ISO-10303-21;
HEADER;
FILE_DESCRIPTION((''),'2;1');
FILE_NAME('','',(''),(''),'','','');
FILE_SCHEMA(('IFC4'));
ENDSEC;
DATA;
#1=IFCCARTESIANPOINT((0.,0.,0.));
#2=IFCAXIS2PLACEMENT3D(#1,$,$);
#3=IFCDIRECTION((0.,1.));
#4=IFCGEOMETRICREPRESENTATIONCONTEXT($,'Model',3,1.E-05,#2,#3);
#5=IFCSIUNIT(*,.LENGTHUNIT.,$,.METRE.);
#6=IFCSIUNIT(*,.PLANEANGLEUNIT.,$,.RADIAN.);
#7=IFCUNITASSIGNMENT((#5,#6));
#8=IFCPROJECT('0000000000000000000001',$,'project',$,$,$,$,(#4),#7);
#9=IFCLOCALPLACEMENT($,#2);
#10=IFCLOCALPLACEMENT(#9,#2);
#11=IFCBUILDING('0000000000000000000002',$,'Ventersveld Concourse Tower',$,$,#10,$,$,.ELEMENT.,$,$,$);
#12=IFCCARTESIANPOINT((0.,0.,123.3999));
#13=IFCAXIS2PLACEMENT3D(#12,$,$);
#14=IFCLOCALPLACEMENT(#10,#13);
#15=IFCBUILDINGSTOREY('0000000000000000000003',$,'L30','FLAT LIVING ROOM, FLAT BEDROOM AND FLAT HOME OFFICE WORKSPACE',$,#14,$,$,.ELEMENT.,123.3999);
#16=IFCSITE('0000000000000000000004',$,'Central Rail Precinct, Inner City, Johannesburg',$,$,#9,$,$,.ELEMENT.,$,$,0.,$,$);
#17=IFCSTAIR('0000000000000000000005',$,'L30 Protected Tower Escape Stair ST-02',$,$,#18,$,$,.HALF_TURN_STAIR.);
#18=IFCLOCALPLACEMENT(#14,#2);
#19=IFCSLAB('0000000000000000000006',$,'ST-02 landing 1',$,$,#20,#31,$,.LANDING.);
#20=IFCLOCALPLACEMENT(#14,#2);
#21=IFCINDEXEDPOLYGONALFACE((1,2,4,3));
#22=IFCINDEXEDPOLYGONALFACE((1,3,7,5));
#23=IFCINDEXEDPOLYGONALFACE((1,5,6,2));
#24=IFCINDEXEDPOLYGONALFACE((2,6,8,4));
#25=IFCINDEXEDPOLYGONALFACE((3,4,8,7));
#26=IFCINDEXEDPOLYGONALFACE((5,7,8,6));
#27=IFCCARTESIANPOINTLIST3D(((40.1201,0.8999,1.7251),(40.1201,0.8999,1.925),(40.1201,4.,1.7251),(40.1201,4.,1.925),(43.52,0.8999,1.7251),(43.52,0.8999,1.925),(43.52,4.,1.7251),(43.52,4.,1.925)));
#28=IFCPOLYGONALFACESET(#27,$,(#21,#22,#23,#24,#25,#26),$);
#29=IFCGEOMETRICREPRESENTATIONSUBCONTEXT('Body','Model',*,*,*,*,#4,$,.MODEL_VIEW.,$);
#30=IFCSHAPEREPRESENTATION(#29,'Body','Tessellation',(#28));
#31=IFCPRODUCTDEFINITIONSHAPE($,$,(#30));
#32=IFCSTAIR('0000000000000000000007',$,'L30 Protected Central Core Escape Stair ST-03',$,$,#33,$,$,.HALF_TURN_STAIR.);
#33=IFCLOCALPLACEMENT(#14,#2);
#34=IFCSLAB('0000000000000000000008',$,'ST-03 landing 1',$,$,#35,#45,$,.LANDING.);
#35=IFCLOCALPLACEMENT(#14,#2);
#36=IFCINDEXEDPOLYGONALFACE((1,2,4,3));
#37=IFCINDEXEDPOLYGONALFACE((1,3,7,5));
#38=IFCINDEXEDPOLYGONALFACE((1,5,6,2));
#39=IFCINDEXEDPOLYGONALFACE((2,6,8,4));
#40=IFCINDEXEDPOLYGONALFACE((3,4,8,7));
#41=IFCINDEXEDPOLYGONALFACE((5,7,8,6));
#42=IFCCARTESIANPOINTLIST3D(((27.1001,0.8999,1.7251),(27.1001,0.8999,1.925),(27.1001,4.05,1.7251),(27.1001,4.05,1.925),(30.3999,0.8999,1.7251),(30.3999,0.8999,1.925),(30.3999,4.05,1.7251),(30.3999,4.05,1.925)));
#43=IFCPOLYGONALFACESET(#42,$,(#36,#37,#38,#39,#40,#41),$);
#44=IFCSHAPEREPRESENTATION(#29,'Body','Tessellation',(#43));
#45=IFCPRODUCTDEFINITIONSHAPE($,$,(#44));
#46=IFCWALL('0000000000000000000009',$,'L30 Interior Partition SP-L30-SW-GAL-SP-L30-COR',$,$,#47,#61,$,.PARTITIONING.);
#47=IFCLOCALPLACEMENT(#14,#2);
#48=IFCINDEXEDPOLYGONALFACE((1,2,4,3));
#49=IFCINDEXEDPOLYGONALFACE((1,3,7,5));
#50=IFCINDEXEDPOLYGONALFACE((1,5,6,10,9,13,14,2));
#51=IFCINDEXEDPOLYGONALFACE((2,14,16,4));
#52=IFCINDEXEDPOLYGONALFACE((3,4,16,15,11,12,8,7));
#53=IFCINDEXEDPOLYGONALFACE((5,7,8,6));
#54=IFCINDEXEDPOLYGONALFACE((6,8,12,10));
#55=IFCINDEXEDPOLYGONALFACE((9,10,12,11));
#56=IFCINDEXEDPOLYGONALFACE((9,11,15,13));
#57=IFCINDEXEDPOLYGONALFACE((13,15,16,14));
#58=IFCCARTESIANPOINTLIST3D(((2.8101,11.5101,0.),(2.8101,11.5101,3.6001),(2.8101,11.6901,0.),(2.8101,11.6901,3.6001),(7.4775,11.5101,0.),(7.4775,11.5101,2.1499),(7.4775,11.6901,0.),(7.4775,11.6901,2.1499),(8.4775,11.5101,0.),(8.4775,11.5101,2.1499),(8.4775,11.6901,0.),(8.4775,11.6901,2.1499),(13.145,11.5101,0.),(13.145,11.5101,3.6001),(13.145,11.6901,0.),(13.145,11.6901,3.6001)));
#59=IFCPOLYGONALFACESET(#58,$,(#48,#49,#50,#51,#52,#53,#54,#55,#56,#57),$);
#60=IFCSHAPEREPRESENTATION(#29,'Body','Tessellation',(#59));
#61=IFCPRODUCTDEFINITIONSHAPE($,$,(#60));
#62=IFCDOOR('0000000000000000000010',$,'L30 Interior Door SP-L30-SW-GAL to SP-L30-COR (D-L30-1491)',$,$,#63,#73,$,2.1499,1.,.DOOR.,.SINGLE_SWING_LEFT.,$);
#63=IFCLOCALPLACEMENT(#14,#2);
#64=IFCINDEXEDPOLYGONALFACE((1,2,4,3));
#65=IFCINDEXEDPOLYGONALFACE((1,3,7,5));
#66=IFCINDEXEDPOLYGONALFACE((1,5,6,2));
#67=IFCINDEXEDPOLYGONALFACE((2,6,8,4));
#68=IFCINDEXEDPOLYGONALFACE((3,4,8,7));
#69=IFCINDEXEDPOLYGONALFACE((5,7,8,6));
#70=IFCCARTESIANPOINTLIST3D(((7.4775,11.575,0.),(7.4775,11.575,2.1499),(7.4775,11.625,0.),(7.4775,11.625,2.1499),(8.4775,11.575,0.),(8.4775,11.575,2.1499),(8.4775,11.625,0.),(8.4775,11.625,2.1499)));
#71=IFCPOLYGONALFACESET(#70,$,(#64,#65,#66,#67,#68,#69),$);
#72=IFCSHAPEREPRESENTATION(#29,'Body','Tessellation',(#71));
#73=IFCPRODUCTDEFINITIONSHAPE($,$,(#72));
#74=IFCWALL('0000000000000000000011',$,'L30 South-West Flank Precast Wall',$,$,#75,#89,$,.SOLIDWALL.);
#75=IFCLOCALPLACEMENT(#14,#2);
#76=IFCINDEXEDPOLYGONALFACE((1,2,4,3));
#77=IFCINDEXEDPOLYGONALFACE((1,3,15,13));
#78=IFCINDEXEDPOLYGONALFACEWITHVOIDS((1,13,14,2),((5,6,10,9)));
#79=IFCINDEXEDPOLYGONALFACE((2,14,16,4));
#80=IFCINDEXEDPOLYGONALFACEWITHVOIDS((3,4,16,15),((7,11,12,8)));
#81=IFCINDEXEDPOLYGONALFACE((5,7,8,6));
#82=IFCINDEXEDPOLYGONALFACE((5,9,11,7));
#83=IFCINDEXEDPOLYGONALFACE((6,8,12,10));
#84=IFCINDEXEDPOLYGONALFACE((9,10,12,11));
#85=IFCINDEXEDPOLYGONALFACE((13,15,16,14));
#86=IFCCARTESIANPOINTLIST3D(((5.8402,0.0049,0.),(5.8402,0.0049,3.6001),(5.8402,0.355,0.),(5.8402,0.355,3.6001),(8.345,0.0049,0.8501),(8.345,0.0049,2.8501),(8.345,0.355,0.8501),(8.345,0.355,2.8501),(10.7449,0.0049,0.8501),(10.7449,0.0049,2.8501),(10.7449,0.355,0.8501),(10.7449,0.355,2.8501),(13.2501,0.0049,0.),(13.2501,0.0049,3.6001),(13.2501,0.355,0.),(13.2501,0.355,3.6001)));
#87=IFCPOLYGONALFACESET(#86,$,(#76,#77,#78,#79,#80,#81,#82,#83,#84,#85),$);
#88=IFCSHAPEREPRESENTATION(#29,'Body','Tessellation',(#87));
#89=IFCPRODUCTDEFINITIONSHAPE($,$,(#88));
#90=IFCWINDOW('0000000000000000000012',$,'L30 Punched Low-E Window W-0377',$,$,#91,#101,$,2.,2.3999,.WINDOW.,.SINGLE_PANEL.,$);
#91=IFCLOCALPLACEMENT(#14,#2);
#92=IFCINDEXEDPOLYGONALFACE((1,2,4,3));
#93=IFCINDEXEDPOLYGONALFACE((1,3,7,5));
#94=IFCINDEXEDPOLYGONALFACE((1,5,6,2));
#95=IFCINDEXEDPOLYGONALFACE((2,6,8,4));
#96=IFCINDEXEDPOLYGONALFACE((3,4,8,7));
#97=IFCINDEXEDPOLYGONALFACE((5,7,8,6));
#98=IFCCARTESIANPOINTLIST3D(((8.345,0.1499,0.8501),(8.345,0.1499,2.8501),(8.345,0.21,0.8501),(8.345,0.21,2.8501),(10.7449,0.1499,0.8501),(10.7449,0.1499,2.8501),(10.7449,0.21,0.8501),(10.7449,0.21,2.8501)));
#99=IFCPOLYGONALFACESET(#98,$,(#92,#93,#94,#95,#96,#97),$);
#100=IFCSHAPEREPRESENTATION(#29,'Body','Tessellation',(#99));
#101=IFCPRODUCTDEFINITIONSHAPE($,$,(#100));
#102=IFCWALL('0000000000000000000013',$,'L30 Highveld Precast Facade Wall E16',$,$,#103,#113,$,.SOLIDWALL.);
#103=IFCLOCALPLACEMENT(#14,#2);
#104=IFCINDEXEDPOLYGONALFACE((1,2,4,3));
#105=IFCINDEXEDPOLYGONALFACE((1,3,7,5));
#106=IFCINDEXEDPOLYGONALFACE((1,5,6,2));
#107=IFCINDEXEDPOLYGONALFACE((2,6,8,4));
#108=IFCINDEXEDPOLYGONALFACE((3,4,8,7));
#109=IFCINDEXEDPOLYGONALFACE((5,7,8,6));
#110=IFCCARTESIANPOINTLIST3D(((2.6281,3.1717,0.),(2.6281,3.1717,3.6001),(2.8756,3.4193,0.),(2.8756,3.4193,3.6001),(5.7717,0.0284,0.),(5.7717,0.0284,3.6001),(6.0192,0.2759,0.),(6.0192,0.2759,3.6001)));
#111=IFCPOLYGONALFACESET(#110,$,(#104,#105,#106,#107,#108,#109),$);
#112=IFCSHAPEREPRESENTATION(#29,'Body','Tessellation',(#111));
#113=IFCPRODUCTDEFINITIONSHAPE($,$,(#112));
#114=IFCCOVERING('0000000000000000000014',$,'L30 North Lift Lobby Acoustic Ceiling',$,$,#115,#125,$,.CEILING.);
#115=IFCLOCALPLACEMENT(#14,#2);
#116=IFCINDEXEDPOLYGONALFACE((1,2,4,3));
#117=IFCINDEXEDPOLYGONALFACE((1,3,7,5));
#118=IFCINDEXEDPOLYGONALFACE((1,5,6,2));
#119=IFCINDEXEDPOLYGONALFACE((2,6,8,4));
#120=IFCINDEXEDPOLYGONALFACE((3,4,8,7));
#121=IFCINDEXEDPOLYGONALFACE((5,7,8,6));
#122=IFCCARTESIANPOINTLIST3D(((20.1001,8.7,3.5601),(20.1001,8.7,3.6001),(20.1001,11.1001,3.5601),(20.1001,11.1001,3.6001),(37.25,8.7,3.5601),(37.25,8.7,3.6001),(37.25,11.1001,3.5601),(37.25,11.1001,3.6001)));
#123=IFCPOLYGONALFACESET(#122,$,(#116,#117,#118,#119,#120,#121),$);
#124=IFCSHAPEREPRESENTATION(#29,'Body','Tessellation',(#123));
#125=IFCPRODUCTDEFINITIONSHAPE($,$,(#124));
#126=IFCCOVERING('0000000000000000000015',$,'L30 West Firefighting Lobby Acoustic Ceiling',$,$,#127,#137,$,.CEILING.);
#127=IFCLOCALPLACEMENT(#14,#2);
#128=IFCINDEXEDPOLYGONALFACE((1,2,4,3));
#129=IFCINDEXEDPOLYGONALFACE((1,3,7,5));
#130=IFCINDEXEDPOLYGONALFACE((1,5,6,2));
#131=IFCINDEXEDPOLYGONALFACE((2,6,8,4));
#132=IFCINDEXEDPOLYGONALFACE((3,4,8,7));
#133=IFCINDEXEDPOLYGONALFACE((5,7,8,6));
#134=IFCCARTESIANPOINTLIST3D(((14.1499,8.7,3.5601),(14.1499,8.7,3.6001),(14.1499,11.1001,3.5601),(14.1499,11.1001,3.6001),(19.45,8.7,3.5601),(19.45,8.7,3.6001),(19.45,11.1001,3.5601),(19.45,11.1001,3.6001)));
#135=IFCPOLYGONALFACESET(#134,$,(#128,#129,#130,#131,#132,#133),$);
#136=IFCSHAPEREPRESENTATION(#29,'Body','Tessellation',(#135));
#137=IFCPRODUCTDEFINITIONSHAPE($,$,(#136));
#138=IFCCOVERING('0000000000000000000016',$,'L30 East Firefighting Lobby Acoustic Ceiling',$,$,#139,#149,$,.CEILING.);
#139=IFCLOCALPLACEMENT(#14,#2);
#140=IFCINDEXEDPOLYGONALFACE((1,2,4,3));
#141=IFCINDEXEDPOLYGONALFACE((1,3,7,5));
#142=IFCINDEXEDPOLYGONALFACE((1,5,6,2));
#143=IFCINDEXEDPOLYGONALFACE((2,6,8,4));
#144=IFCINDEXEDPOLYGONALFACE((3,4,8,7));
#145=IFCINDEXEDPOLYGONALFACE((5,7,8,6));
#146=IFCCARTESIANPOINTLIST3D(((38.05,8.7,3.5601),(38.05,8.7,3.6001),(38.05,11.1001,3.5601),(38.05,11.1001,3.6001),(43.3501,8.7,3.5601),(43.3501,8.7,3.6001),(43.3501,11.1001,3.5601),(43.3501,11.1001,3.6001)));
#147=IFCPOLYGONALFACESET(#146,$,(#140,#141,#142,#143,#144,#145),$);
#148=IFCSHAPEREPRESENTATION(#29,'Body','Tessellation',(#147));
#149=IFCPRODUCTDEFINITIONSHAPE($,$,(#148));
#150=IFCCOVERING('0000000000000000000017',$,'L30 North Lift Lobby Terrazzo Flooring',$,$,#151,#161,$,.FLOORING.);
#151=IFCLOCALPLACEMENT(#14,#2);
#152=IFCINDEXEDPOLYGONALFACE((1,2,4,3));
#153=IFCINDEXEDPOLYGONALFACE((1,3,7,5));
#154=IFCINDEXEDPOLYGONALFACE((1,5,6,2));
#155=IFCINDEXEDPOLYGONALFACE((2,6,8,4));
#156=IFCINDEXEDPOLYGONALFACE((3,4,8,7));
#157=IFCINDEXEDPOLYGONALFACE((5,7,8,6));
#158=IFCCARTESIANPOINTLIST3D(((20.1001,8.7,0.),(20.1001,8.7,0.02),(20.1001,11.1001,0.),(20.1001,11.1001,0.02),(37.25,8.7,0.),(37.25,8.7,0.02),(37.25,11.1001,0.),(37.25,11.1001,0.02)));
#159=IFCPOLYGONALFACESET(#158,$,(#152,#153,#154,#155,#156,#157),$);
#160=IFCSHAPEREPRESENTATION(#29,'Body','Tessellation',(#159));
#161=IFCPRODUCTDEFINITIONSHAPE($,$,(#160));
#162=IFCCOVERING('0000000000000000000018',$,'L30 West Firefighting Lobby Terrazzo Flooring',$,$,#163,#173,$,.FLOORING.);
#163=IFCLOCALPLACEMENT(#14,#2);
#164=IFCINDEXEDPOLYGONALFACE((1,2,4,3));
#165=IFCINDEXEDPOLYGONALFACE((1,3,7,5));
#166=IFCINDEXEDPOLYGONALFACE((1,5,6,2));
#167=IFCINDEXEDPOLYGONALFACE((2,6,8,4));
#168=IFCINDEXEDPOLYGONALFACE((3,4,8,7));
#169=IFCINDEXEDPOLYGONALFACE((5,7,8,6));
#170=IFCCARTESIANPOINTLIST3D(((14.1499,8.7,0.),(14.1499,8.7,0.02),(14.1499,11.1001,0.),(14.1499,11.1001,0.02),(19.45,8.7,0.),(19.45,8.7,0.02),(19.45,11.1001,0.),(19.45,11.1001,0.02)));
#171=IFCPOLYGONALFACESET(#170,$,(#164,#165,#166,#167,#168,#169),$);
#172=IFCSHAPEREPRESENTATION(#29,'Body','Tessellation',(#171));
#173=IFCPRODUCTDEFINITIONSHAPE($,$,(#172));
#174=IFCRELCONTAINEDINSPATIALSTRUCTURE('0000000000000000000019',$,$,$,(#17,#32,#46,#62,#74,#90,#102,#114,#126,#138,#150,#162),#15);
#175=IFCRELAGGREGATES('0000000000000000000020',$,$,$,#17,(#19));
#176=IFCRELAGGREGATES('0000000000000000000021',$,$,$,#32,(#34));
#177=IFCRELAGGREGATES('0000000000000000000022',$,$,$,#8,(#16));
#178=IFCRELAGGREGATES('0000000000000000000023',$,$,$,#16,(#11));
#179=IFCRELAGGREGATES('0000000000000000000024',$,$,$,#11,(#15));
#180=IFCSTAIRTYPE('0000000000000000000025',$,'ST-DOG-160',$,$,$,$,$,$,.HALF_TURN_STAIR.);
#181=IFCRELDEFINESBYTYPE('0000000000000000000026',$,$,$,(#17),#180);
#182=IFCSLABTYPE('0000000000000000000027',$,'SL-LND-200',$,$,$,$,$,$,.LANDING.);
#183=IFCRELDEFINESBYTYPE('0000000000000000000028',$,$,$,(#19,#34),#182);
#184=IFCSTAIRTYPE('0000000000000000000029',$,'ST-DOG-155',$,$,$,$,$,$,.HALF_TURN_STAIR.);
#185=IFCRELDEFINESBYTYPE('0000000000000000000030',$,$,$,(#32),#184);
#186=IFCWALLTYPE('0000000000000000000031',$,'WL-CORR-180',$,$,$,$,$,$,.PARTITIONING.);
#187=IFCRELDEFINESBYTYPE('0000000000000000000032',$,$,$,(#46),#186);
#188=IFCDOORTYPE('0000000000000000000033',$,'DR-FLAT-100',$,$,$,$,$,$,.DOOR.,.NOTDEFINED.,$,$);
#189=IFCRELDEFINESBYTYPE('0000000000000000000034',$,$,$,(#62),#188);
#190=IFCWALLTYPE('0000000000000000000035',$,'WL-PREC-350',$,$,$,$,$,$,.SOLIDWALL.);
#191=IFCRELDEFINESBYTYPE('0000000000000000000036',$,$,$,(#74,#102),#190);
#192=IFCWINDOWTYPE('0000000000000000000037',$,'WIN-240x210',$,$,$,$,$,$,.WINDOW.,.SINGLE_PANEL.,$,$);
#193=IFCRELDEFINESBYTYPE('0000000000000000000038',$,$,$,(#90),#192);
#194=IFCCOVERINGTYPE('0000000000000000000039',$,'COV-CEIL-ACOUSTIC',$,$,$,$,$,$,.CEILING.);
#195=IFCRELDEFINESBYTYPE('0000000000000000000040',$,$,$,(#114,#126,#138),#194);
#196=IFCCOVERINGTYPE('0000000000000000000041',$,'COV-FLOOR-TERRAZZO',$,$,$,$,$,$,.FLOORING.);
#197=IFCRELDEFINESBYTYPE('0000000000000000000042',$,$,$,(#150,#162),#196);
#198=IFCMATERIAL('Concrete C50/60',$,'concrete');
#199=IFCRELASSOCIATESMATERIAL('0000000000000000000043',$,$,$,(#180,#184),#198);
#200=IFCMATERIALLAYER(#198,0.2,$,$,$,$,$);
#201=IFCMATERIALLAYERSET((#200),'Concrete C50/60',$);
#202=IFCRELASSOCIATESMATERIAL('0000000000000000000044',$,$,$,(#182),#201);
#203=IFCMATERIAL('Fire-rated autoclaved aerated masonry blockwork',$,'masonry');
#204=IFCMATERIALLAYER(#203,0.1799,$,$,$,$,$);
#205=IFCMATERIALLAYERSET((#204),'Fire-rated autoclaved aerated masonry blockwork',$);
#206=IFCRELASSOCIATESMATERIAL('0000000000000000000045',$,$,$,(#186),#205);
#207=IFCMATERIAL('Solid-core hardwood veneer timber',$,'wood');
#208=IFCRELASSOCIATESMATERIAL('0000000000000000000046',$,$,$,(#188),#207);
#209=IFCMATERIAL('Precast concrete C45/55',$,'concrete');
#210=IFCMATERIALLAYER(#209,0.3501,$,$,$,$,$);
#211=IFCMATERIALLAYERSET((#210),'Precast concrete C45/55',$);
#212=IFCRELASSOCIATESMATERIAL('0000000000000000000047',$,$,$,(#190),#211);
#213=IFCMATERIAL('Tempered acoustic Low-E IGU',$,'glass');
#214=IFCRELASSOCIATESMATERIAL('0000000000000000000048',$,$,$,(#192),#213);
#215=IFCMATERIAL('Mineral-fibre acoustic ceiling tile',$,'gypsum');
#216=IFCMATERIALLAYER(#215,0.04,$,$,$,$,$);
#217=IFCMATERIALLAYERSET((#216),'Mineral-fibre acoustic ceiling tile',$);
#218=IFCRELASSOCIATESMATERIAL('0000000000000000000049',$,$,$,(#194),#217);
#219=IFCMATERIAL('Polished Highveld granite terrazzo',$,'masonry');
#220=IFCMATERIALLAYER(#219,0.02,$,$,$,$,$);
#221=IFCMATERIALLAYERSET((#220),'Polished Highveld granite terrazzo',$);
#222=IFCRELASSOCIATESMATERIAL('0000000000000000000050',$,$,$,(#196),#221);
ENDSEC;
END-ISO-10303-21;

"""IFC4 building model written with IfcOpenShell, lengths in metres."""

from ifc_helpers import new_model, si_unit, direction, frame, frame_2d, origin, place, context, subcontext, project, spatial, polyline, rectangle, outline, extrude, material, layer, layer_set, type_object, element, fill, aggregate, save


model = new_model("IFC4")

# Units and contexts
model_context = context("Model", 3, precision=1e-05, world=origin(), true_north=direction((0.0, 1.0)))
body_context = subcontext(model_context, "Body", "Model", "MODEL_VIEW")
ifc_project = project(units=[si_unit("LENGTHUNIT", "METRE"), si_unit("PLANEANGLEUNIT", "RADIAN")], contexts=[model_context])

# Site, building, storey
site_placement = place(None, origin())
site = spatial("IfcSite", under=ifc_project, at=site_placement, Name="Central Rail Precinct, Inner City, Johannesburg", CompositionType="ELEMENT", RefElevation=0.0)
building_placement = place(site_placement, origin())
building = spatial("IfcBuilding", under=site, at=building_placement, Name="Ventersveld Concourse Tower", CompositionType="ELEMENT")
storey_placement = place(building_placement, frame((0.0, 0.0, 123.3999)))
storey = spatial("IfcBuildingStorey", under=building, at=storey_placement, Name="L30", Description="FLAT LIVING ROOM, FLAT BEDROOM AND FLAT HOME OFFICE WORKSPACE", CompositionType="ELEMENT", Elevation=123.3999)

# Shared definitions
ifc_material_1 = material(Name="Concrete C50/60", Category="concrete")

# Stairs, slabs
stair_type_1 = type_object("IfcStairType", Name="ST-DOG-160", PredefinedType="HALF_TURN_STAIR", material=ifc_material_1)
ifc_layer_1 = layer(ifc_material_1, 0.2)
ifc_layer_set_1 = layer_set([ifc_layer_1], Name="Concrete C50/60")
slab_type_1 = type_object("IfcSlabType", Name="SL-LND-200", PredefinedType="LANDING", material=ifc_layer_set_1)
stair_1_placement = place(storey_placement, origin())
stair_1 = element("IfcStair", 1, at=stair_1_placement, inside=storey, type_object=stair_type_1, Name="L30 Protected Tower Escape Stair ST-02", PredefinedType="HALF_TURN_STAIR")
slab_1_placement = place(storey_placement, frame((0.0, 0.0, 1.7251)))
slab_1 = element("IfcSlab", 2, at=slab_1_placement, type_object=slab_type_1, Name="ST-02 landing 1", PredefinedType="LANDING", context=body_context, shape_type="SweptSolid", body=[
    extrude(outline(polyline([(40.1201, 4.0), (40.1201, 0.8999), (43.52, 0.8999), (43.52, 4.0), (40.1201, 4.0)])), origin(), (0.0, 0.0, 1.0), 0.2),
])
aggregate(stair_1, [slab_1])
stair_type_2 = type_object("IfcStairType", Name="ST-DOG-155", PredefinedType="HALF_TURN_STAIR", material=ifc_material_1)
stair_2_placement = place(storey_placement, origin())
stair_2 = element("IfcStair", 3, at=stair_2_placement, inside=storey, type_object=stair_type_2, Name="L30 Protected Central Core Escape Stair ST-03", PredefinedType="HALF_TURN_STAIR")
slab_2_placement = place(storey_placement, frame((0.0, 0.0, 1.7251)))
slab_2 = element("IfcSlab", 4, at=slab_2_placement, type_object=slab_type_1, Name="ST-03 landing 1", PredefinedType="LANDING", context=body_context, shape_type="SweptSolid", body=[
    extrude(outline(polyline([(27.1001, 4.05), (27.1001, 0.8999), (30.3999, 0.8999), (30.3999, 4.05), (27.1001, 4.05)])), origin(), (0.0, 0.0, 1.0), 0.2),
])
aggregate(stair_2, [slab_2])

# Wall, opening, door
ifc_material_2 = material(Name="Fire-rated autoclaved aerated masonry blockwork", Category="masonry")
ifc_layer_2 = layer(ifc_material_2, 0.1799)
ifc_layer_set_2 = layer_set([ifc_layer_2], Name="Fire-rated autoclaved aerated masonry blockwork")
wall_type_1 = type_object("IfcWallType", Name="WL-CORR-180", PredefinedType="PARTITIONING", material=ifc_layer_set_2)
wall_1_placement = place(storey_placement, frame((2.8101, 11.6001, 0.0), z_axis=(0.0, 0.0, 1.0), x_axis=(1.0, 0.0, 0.0)))
wall_1 = element("IfcWall", 5, at=wall_1_placement, inside=storey, type_object=wall_type_1, Name="L30 Interior Partition SP-L30-SW-GAL-SP-L30-COR", PredefinedType="PARTITIONING", context=body_context, shape_type="SweptSolid", body=[
    extrude(rectangle(XDim=10.335, YDim=0.1799, at=frame_2d((5.1675, 0.0))), origin(), (0.0, 0.0, 1.0), 3.6001),
])
opening_1_placement = place(wall_1_placement, frame((4.6675, 0.0, 0.0)))
opening_1 = element("IfcOpeningElement", 6, at=opening_1_placement, cuts=wall_1, PredefinedType="OPENING", context=body_context, shape_type="SweptSolid", body=[
    extrude(rectangle(XDim=1.0, YDim=2.1499, at=frame_2d((0.5, 1.075))), frame((0.0, 0.1001, 0.0), z_axis=(0.0, -1.0, 0.0), x_axis=(1.0, 0.0, 0.0)), (0.0, 0.0, 1.0), 0.2),
])
ifc_material_3 = material(Name="Solid-core hardwood veneer timber", Category="wood")
door_type = type_object("IfcDoorType", Name="DR-FLAT-100", OperationType="NOTDEFINED", PredefinedType="DOOR", material=ifc_material_3)
door_placement = place(opening_1_placement, origin())
door = element("IfcDoor", 7, at=door_placement, inside=storey, type_object=door_type, Name="L30 Interior Door SP-L30-SW-GAL to SP-L30-COR (D-L30-1491)", OperationType="SINGLE_SWING_LEFT", OverallHeight=2.1499, OverallWidth=1.0, PredefinedType="DOOR", context=body_context, shape_type="SweptSolid", body=[
    extrude(rectangle(XDim=1.0, YDim=2.1499, at=frame_2d((0.5, 1.075))), frame((0.0, 0.0249, 0.0), z_axis=(0.0, -1.0, 0.0), x_axis=(1.0, 0.0, 0.0)), (0.0, 0.0, 1.0), 0.05),
])
fill(opening_1, door)

# Wall, opening, window
ifc_material_4 = material(Name="Precast concrete C45/55", Category="concrete")
ifc_layer_3 = layer(ifc_material_4, 0.3501)
ifc_layer_set_3 = layer_set([ifc_layer_3], Name="Precast concrete C45/55")
wall_type_2 = type_object("IfcWallType", Name="WL-PREC-350", PredefinedType="SOLIDWALL", material=ifc_layer_set_3)
wall_2_placement = place(storey_placement, frame((5.8401, 0.1799, 0.0), z_axis=(0.0, 0.0, 1.0), x_axis=(1.0, 0.0, 0.0)))
wall_2 = element("IfcWall", 8, at=wall_2_placement, inside=storey, type_object=wall_type_2, Name="L30 South-West Flank Precast Wall", PredefinedType="SOLIDWALL", context=body_context, shape_type="SweptSolid", body=[
    extrude(rectangle(XDim=7.4099, YDim=0.3501, at=frame_2d((3.7051, 0.0))), origin(), (0.0, 0.0, 1.0), 3.6001),
])
opening_2_placement = place(wall_2_placement, frame((2.5049, 0.0, 0.8501)))
opening_2 = element("IfcOpeningElement", 9, at=opening_2_placement, cuts=wall_2, PredefinedType="OPENING", context=body_context, shape_type="SweptSolid", body=[
    extrude(rectangle(XDim=2.3999, YDim=2.0, at=frame_2d((1.2, 1.0))), frame((0.0, 0.1851, 0.0), z_axis=(0.0, -1.0, 0.0), x_axis=(1.0, 0.0, 0.0)), (0.0, 0.0, 1.0), 0.3701),
])
ifc_material_5 = material(Name="Tempered acoustic Low-E IGU", Category="glass")
window_type = type_object("IfcWindowType", Name="WIN-240x210", PartitioningType="SINGLE_PANEL", PredefinedType="WINDOW", material=ifc_material_5)
window_placement = place(opening_2_placement, origin())
window = element("IfcWindow", 10, at=window_placement, inside=storey, type_object=window_type, Name="L30 Punched Low-E Window W-0377", OverallHeight=2.0, OverallWidth=2.3999, PartitioningType="SINGLE_PANEL", PredefinedType="WINDOW", context=body_context, shape_type="SweptSolid", body=[
    extrude(rectangle(XDim=2.3999, YDim=2.0, at=frame_2d((1.2, 1.0))), frame((0.0, 0.03, 0.0), z_axis=(0.0, -1.0, 0.0), x_axis=(1.0, 0.0, 0.0)), (0.0, 0.0, 1.0), 0.0601),
])
fill(opening_2, window)

# Wall
wall_3_placement = place(storey_placement, frame((2.752, 3.2954, 0.0), z_axis=(0.0, 0.0, 1.0), x_axis=(0.707134, -0.707079, 0.0)))
element("IfcWall", 11, at=wall_3_placement, inside=storey, type_object=wall_type_2, Name="L30 Highveld Precast Facade Wall E16", PredefinedType="SOLIDWALL", context=body_context, shape_type="SweptSolid", body=[
    extrude(rectangle(XDim=4.4456, YDim=0.3501, at=frame_2d((2.2227, 0.0))), origin(), (0.0, 0.0, 1.0), 3.6001),
])

# Coverings
ifc_material_6 = material(Name="Mineral-fibre acoustic ceiling tile", Category="gypsum")
ifc_layer_4 = layer(ifc_material_6, 0.04)
ifc_layer_set_4 = layer_set([ifc_layer_4], Name="Mineral-fibre acoustic ceiling tile")
covering_type_1 = type_object("IfcCoveringType", Name="COV-CEIL-ACOUSTIC", PredefinedType="CEILING", material=ifc_layer_set_4)
covering_1_placement = place(storey_placement, frame((0.0, 0.0, 3.5601)))
element("IfcCovering", 12, at=covering_1_placement, inside=storey, type_object=covering_type_1, Name="L30 North Lift Lobby Acoustic Ceiling", PredefinedType="CEILING", context=body_context, shape_type="SweptSolid", body=[
    extrude(outline(polyline([(20.1001, 8.7), (37.25, 8.7), (37.25, 11.1001), (20.1001, 11.1001), (20.1001, 8.7)])), origin(), (0.0, 0.0, 1.0), 0.04),
])
covering_2_placement = place(storey_placement, frame((0.0, 0.0, 3.5601)))
element("IfcCovering", 13, at=covering_2_placement, inside=storey, type_object=covering_type_1, Name="L30 West Firefighting Lobby Acoustic Ceiling", PredefinedType="CEILING", context=body_context, shape_type="SweptSolid", body=[
    extrude(outline(polyline([(14.1499, 8.7), (19.45, 8.7), (19.45, 11.1001), (14.1499, 11.1001), (14.1499, 8.7)])), origin(), (0.0, 0.0, 1.0), 0.04),
])
covering_3_placement = place(storey_placement, frame((0.0, 0.0, 3.5601)))
element("IfcCovering", 14, at=covering_3_placement, inside=storey, type_object=covering_type_1, Name="L30 East Firefighting Lobby Acoustic Ceiling", PredefinedType="CEILING", context=body_context, shape_type="SweptSolid", body=[
    extrude(outline(polyline([(38.05, 8.7), (43.3501, 8.7), (43.3501, 11.1001), (38.05, 11.1001), (38.05, 8.7)])), origin(), (0.0, 0.0, 1.0), 0.04),
])
ifc_material_7 = material(Name="Polished Highveld granite terrazzo", Category="masonry")
ifc_layer_5 = layer(ifc_material_7, 0.02)
ifc_layer_set_5 = layer_set([ifc_layer_5], Name="Polished Highveld granite terrazzo")
covering_type_2 = type_object("IfcCoveringType", Name="COV-FLOOR-TERRAZZO", PredefinedType="FLOORING", material=ifc_layer_set_5)
covering_4_placement = place(storey_placement, origin())
element("IfcCovering", 15, at=covering_4_placement, inside=storey, type_object=covering_type_2, Name="L30 North Lift Lobby Terrazzo Flooring", PredefinedType="FLOORING", context=body_context, shape_type="SweptSolid", body=[
    extrude(outline(polyline([(20.1001, 8.7), (37.25, 8.7), (37.25, 11.1001), (20.1001, 11.1001), (20.1001, 8.7)])), origin(), (0.0, 0.0, 1.0), 0.02),
])
covering_5_placement = place(storey_placement, origin())
element("IfcCovering", 16, at=covering_5_placement, inside=storey, type_object=covering_type_2, Name="L30 West Firefighting Lobby Terrazzo Flooring", PredefinedType="FLOORING", context=body_context, shape_type="SweptSolid", body=[
    extrude(outline(polyline([(14.1499, 8.7), (19.45, 8.7), (19.45, 11.1001), (14.1499, 11.1001), (14.1499, 8.7)])), origin(), (0.0, 0.0, 1.0), 0.02),
])

save(model, "model.ifc")
